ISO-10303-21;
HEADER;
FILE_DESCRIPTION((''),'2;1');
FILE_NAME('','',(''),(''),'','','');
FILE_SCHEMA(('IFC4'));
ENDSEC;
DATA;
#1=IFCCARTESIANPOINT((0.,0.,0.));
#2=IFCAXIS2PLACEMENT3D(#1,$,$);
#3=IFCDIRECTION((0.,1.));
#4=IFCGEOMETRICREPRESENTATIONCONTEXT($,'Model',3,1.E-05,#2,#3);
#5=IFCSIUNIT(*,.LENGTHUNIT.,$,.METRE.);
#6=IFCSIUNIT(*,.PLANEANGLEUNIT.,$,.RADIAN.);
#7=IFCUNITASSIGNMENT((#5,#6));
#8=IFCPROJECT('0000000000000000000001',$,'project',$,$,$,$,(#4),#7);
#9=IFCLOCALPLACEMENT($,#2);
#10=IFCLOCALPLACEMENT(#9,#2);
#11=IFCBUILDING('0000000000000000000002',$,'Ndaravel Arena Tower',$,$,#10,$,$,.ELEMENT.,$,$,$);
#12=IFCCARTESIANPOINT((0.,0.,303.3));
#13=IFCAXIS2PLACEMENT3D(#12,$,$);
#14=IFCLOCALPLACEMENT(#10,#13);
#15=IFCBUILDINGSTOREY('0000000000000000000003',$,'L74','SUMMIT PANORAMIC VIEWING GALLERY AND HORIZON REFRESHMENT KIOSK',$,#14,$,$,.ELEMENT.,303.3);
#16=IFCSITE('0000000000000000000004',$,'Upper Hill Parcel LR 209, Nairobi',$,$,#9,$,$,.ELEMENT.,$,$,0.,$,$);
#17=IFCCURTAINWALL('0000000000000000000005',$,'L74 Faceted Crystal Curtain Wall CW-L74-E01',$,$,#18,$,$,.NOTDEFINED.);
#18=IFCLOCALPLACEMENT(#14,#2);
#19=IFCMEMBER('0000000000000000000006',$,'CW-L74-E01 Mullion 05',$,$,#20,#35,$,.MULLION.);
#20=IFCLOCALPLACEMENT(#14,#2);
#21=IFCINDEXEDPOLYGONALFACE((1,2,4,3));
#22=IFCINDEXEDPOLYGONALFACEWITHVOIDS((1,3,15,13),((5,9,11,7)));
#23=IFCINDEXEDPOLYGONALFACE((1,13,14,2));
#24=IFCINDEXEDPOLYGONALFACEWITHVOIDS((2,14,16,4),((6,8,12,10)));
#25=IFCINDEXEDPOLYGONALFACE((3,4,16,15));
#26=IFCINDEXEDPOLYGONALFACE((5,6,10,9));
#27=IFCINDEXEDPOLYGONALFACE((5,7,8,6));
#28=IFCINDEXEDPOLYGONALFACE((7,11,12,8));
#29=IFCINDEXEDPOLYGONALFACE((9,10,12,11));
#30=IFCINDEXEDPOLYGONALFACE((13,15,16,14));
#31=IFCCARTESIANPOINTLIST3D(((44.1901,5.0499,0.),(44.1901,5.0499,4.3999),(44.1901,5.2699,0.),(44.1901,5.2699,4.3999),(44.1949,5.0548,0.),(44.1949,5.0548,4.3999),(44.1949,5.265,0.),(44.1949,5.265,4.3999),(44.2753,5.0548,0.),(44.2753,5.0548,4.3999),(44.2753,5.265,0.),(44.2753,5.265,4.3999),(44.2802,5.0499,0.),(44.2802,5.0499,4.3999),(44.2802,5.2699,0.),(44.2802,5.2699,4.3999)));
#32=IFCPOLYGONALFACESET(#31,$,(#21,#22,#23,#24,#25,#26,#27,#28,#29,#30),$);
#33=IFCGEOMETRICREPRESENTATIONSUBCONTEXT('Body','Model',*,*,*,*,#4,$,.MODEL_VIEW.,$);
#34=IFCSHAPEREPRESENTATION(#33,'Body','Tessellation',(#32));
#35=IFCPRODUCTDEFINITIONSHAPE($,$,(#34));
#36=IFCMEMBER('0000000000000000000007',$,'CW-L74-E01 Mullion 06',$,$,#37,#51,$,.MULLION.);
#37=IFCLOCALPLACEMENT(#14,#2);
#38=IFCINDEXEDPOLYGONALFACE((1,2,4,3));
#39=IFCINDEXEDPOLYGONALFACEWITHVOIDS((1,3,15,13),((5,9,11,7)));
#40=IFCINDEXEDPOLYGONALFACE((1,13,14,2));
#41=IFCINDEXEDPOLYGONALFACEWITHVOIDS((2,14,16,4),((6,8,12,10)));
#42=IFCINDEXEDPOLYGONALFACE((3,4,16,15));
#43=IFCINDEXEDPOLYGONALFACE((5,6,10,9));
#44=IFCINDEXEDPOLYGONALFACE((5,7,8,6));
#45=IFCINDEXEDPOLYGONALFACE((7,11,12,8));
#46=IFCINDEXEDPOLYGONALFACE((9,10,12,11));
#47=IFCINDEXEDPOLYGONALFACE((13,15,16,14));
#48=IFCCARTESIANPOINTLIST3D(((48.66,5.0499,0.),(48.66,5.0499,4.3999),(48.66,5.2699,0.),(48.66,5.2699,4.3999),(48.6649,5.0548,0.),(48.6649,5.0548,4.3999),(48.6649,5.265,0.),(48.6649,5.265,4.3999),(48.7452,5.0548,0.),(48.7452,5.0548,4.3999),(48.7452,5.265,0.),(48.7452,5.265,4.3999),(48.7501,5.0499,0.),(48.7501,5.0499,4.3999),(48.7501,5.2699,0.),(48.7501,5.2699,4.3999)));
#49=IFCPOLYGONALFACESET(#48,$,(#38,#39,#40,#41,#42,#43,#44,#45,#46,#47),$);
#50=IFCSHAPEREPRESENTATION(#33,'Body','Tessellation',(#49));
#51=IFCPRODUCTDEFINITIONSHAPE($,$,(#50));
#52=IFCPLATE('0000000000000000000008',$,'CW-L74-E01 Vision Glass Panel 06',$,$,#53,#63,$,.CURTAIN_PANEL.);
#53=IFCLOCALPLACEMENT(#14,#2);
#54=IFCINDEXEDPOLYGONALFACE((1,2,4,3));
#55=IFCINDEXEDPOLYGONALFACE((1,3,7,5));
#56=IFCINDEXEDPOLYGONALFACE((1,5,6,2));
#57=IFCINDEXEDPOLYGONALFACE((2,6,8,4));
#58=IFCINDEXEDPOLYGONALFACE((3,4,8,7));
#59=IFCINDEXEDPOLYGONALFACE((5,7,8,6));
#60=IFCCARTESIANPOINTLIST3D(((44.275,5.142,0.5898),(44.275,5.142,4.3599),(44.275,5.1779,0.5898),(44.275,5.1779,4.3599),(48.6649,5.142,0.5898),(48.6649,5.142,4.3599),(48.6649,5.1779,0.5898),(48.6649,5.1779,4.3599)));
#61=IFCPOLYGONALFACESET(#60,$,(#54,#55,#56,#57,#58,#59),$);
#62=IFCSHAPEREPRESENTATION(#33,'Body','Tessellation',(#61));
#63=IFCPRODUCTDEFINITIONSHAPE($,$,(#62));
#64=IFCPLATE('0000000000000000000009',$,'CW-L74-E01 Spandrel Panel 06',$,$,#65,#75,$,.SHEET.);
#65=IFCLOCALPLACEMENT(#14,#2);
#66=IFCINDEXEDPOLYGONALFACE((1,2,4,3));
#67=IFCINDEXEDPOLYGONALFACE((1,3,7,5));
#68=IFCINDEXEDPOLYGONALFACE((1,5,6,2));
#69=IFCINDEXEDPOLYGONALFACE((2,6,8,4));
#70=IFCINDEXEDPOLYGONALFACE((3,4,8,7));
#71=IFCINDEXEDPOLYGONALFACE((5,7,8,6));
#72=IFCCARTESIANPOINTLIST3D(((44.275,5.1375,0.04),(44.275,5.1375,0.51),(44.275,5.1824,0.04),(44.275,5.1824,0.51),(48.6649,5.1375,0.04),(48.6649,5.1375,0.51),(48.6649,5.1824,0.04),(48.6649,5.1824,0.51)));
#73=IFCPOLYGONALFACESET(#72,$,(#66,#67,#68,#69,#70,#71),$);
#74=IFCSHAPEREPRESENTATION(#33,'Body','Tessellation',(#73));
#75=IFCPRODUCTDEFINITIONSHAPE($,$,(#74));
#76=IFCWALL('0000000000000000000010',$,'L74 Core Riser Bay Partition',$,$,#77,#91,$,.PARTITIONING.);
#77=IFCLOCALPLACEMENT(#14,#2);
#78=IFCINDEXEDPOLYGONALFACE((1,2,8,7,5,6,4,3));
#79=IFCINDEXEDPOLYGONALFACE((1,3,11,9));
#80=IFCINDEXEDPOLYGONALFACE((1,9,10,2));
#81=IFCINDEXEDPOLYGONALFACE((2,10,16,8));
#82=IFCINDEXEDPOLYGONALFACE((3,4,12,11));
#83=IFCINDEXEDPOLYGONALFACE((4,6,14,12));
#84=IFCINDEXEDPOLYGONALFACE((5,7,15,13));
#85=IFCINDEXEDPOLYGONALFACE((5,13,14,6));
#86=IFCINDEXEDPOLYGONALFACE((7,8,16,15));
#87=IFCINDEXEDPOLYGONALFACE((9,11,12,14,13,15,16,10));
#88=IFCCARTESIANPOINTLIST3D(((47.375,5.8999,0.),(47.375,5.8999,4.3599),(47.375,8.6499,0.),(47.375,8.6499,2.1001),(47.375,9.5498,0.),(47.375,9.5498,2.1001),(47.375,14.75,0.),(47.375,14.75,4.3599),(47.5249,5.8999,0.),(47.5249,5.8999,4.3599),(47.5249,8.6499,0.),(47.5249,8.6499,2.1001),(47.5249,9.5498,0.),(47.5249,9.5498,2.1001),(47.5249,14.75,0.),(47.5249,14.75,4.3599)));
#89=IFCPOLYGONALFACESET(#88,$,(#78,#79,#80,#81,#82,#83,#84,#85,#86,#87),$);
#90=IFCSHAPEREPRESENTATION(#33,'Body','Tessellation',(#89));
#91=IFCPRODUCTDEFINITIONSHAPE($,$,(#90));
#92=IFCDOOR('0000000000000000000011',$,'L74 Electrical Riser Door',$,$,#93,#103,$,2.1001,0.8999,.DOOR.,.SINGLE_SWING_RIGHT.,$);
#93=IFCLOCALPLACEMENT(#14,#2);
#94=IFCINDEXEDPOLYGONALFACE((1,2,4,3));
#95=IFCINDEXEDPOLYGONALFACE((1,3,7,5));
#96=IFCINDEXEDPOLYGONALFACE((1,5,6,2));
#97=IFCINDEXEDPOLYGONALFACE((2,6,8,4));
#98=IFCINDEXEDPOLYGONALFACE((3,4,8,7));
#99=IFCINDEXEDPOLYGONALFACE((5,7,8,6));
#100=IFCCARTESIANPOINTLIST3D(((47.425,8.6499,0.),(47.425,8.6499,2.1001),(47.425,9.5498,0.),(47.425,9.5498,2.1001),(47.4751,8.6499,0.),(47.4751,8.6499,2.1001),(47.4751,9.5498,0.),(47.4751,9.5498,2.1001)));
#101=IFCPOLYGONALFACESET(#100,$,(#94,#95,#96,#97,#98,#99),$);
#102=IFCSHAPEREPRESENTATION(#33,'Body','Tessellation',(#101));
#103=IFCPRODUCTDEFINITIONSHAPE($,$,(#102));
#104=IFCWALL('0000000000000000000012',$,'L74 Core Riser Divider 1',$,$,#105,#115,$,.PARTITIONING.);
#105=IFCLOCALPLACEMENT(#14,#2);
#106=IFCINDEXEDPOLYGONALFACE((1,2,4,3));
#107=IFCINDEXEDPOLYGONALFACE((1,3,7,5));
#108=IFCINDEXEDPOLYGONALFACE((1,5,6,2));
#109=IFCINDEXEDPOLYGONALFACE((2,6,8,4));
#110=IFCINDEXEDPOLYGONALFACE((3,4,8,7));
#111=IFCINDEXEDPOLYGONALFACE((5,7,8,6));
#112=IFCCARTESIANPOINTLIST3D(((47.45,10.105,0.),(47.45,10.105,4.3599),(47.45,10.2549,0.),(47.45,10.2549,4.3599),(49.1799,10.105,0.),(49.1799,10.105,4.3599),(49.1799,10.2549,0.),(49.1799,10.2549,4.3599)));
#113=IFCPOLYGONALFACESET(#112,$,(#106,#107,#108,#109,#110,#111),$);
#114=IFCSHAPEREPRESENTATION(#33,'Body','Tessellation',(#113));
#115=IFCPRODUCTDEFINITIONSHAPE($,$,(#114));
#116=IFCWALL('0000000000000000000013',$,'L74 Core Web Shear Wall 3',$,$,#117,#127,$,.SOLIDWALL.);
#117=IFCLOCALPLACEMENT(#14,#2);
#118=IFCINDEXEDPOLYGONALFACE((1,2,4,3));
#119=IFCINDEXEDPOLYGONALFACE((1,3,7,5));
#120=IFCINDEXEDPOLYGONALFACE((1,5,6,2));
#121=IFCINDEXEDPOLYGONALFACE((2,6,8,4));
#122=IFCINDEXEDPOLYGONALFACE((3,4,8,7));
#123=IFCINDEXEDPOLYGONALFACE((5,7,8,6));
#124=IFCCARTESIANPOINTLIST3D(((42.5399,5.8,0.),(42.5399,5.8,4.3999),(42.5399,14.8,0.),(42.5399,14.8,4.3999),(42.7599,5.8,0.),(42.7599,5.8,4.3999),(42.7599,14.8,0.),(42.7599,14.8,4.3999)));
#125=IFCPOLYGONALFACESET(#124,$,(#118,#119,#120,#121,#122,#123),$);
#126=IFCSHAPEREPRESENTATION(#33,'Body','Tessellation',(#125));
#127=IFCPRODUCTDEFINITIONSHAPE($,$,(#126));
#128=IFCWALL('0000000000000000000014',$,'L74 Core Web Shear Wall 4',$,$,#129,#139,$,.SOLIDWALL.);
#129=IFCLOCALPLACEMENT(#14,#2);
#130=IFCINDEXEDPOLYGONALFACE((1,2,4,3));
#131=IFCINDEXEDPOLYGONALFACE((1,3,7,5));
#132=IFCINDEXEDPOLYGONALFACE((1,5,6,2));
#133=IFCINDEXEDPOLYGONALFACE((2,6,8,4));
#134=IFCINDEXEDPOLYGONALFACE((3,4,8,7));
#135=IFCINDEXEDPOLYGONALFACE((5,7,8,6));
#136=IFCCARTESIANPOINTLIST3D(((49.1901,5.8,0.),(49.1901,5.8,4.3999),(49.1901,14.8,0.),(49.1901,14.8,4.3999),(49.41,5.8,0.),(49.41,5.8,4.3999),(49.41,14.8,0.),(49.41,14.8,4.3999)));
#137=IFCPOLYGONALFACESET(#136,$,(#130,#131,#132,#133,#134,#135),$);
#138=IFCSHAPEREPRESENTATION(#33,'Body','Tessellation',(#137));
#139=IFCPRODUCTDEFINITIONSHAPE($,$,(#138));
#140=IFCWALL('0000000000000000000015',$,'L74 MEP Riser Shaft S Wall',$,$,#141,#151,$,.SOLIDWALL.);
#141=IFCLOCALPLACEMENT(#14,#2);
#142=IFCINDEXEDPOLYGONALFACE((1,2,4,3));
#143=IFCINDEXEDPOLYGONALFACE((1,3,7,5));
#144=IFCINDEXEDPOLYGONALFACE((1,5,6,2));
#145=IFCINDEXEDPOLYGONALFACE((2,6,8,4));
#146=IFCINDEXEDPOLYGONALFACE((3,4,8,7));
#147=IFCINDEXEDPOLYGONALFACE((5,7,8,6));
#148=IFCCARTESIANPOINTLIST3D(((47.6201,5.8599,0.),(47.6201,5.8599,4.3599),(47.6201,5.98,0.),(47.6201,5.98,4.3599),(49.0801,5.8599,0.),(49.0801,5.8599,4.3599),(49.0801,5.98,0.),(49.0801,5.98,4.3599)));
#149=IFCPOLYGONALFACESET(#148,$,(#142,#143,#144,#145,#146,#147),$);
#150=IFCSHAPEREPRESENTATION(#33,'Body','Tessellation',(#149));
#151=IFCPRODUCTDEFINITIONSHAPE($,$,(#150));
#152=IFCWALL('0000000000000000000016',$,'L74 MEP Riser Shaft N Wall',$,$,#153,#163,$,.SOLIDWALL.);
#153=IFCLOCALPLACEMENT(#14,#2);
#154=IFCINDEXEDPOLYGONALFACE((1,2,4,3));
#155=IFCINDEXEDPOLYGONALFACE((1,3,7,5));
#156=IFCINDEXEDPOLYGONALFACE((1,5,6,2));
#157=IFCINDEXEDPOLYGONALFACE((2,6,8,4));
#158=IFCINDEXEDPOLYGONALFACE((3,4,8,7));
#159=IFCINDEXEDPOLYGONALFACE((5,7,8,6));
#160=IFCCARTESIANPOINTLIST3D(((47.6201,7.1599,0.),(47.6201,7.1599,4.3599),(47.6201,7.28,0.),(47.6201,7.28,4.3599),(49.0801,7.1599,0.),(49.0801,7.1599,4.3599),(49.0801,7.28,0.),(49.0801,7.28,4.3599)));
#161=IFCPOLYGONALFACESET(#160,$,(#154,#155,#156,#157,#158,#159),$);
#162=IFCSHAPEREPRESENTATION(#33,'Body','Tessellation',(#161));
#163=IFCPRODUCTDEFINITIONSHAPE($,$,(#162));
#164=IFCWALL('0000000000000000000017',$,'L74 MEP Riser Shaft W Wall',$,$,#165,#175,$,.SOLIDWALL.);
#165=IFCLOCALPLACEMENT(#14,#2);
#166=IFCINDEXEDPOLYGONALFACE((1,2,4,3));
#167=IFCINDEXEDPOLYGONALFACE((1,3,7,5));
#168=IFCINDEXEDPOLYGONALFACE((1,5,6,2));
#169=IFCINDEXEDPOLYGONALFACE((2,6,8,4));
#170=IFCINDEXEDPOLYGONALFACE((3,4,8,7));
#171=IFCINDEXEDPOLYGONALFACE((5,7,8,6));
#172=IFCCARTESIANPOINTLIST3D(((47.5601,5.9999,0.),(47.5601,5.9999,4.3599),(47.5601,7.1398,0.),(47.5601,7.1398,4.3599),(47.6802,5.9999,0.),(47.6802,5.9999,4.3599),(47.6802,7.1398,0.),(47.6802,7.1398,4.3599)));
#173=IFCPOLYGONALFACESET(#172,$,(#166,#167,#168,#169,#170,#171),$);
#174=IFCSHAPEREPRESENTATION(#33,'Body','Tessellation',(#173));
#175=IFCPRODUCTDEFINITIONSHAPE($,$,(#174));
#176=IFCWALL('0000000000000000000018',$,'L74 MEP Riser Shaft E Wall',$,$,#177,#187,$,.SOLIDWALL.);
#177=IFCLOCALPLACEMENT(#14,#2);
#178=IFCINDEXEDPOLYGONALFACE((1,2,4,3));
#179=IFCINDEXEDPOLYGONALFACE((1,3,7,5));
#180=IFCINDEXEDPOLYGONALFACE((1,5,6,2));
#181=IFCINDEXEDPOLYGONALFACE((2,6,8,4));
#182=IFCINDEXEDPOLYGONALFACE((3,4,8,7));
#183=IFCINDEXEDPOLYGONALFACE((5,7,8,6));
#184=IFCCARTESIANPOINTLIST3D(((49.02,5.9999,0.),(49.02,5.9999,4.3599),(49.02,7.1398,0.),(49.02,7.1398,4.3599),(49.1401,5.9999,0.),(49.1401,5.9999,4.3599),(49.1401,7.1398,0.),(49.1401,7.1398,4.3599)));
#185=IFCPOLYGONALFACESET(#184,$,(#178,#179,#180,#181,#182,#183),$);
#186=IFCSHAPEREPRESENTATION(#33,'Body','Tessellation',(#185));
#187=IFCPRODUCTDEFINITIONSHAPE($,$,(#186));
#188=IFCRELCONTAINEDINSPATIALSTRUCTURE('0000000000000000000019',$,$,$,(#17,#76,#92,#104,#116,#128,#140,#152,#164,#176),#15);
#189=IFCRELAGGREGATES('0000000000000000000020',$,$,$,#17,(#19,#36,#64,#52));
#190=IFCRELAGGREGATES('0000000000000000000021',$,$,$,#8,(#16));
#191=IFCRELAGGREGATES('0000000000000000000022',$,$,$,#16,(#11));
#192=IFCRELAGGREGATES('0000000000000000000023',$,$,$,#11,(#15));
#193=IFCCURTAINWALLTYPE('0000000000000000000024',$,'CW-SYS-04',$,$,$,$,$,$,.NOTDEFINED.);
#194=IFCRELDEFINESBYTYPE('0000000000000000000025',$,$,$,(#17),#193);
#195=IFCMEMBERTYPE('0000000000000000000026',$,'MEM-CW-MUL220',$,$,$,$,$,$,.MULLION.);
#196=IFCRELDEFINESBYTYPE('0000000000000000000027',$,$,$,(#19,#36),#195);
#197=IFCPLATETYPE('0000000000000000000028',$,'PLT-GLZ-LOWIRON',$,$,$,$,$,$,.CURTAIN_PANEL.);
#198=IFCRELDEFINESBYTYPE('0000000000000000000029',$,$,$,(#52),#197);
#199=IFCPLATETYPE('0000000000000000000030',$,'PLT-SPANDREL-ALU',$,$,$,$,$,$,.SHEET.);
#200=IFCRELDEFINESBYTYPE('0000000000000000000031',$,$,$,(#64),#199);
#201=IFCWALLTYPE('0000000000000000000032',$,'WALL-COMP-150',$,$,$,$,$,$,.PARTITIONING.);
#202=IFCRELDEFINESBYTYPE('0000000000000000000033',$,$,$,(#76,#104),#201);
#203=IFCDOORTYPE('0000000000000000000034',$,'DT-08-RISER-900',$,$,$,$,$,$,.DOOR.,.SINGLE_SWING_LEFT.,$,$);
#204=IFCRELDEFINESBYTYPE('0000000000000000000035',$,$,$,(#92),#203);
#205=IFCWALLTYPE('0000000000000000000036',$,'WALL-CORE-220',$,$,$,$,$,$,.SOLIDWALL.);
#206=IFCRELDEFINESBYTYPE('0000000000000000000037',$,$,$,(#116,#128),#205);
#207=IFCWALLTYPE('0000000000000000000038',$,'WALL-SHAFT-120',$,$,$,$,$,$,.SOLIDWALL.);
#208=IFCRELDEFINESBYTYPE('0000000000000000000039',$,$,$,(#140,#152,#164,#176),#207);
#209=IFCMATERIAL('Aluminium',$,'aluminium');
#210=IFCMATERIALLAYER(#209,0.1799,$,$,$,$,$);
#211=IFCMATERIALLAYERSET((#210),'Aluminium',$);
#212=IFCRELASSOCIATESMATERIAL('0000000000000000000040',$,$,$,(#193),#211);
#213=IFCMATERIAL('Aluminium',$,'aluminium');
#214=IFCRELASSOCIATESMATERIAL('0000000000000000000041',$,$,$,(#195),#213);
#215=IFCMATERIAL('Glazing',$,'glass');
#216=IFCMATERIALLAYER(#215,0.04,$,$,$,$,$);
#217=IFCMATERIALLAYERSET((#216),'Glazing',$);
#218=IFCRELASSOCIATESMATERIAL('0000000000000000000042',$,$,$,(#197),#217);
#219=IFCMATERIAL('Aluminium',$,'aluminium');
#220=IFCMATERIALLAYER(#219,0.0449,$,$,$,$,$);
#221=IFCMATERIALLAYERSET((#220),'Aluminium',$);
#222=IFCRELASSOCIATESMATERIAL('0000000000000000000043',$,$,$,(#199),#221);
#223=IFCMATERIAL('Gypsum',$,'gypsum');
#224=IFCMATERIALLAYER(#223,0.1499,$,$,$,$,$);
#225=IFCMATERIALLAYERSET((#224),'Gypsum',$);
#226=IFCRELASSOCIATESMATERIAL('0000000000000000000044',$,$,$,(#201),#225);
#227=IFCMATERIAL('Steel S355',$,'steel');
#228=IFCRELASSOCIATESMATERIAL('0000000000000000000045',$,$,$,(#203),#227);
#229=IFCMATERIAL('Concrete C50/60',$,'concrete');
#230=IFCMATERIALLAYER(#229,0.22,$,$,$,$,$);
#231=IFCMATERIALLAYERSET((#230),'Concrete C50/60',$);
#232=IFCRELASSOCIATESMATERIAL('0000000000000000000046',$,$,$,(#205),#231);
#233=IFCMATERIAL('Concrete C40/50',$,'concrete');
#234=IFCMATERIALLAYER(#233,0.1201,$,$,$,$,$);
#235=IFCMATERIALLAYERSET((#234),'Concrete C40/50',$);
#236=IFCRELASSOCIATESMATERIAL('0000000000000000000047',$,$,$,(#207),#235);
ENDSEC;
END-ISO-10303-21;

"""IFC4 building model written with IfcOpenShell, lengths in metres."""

from ifc_helpers import new_model, si_unit, direction, frame, frame_2d, origin, origin_2d, place, context, subcontext, project, spatial, rectangle, hollow_rectangle, extrude, material, layer, layer_set, material_profile, profile_set, type_object, element, fill, aggregate, save


model = new_model("IFC4")

# Units and contexts
model_context = context("Model", 3, precision=1e-05, world=origin(), true_north=direction((0.0, 1.0)))
body_context = subcontext(model_context, "Body", "Model", "MODEL_VIEW")
ifc_project = project(units=[si_unit("LENGTHUNIT", "METRE"), si_unit("PLANEANGLEUNIT", "RADIAN")], contexts=[model_context])

# Site, building, storey
site_placement = place(None, origin())
site = spatial("IfcSite", under=ifc_project, at=site_placement, Name="Upper Hill Parcel LR 209, Nairobi", CompositionType="ELEMENT", RefElevation=0.0)
building_placement = place(site_placement, origin())
building = spatial("IfcBuilding", under=site, at=building_placement, Name="Ndaravel Arena Tower", CompositionType="ELEMENT")
storey_placement = place(building_placement, frame((0.0, 0.0, 303.3)))
storey = spatial("IfcBuildingStorey", under=building, at=storey_placement, Name="L74", Description="SUMMIT PANORAMIC VIEWING GALLERY AND HORIZON REFRESHMENT KIOSK", CompositionType="ELEMENT", Elevation=303.3)

# Curtain wall, members, plates
ifc_material_1 = material(Name="Aluminium", Category="aluminium")
ifc_layer_1 = layer(ifc_material_1, 0.1799)
ifc_layer_set_1 = layer_set([ifc_layer_1], Name="Aluminium")
curtain_wall_type = type_object("IfcCurtainWallType", Name="CW-SYS-04", PredefinedType="NOTDEFINED", material=ifc_layer_set_1)
curtain_wall_placement = place(storey_placement, origin())
curtain_wall = element("IfcCurtainWall", 1, at=curtain_wall_placement, inside=storey, type_object=curtain_wall_type, Name="L74 Faceted Crystal Curtain Wall CW-L74-E01", PredefinedType="NOTDEFINED")
ifc_material_2 = material(Name="Aluminium", Category="aluminium")
ifc_material_profile = material_profile(ifc_material_2, hollow_rectangle(XDim=0.0901, YDim=0.22, WallThickness=0.0049, at=origin_2d()), Name="CW MULLION 90x220x5")
ifc_profile_set = profile_set([ifc_material_profile], Name="Aluminium")
member_type = type_object("IfcMemberType", Name="MEM-CW-MUL220", PredefinedType="MULLION", material=ifc_profile_set)
member_1_placement = place(storey_placement, frame((44.2351, 5.1599, 0.0), z_axis=(0.0, 0.0, 1.0), x_axis=(1.0, 0.0, 0.0)))
member_1 = element("IfcMember", 2, at=member_1_placement, type_object=member_type, Name="CW-L74-E01 Mullion 05", PredefinedType="MULLION", context=body_context, shape_type="SweptSolid", body=[
    extrude(hollow_rectangle(XDim=0.0901, YDim=0.22, WallThickness=0.0049, at=origin_2d()), origin(), (0.0, 0.0, 1.0), 4.3999),
])
member_2_placement = place(storey_placement, frame((48.7051, 5.1599, 0.0), z_axis=(0.0, 0.0, 1.0), x_axis=(1.0, 0.0, 0.0)))
member_2 = element("IfcMember", 3, at=member_2_placement, type_object=member_type, Name="CW-L74-E01 Mullion 06", PredefinedType="MULLION", context=body_context, shape_type="SweptSolid", body=[
    extrude(hollow_rectangle(XDim=0.0901, YDim=0.22, WallThickness=0.0049, at=origin_2d()), origin(), (0.0, 0.0, 1.0), 4.3999),
])
ifc_material_3 = material(Name="Glazing", Category="glass")
ifc_layer_2 = layer(ifc_material_3, 0.04)
ifc_layer_set_2 = layer_set([ifc_layer_2], Name="Glazing")
plate_type_1 = type_object("IfcPlateType", Name="PLT-GLZ-LOWIRON", PredefinedType="CURTAIN_PANEL", material=ifc_layer_set_2)
plate_1_placement = place(storey_placement, frame((46.47, 5.1599, 0.5898), z_axis=(0.0, 0.0, 1.0), x_axis=(1.0, 0.0, 0.0)))
plate_1 = element("IfcPlate", 4, at=plate_1_placement, type_object=plate_type_1, Name="CW-L74-E01 Vision Glass Panel 06", PredefinedType="CURTAIN_PANEL", context=body_context, shape_type="SweptSolid", body=[
    extrude(rectangle(XDim=4.3899, YDim=0.0359, at=origin_2d()), origin(), (0.0, 0.0, 1.0), 3.77),
])
ifc_material_4 = material(Name="Aluminium", Category="aluminium")
ifc_layer_3 = layer(ifc_material_4, 0.0449)
ifc_layer_set_3 = layer_set([ifc_layer_3], Name="Aluminium")
plate_type_2 = type_object("IfcPlateType", Name="PLT-SPANDREL-ALU", PredefinedType="SHEET", material=ifc_layer_set_3)
plate_2_placement = place(storey_placement, frame((46.47, 5.1599, 0.04), z_axis=(0.0, 0.0, 1.0), x_axis=(1.0, 0.0, 0.0)))
plate_2 = element("IfcPlate", 5, at=plate_2_placement, type_object=plate_type_2, Name="CW-L74-E01 Spandrel Panel 06", PredefinedType="SHEET", context=body_context, shape_type="SweptSolid", body=[
    extrude(rectangle(XDim=4.3899, YDim=0.0449, at=origin_2d()), origin(), (0.0, 0.0, 1.0), 0.47),
])
aggregate(curtain_wall, [member_1, member_2, plate_2, plate_1])

# Wall, opening, door
ifc_material_5 = material(Name="Gypsum", Category="gypsum")
ifc_layer_4 = layer(ifc_material_5, 0.1499)
ifc_layer_set_4 = layer_set([ifc_layer_4], Name="Gypsum")
wall_type_1 = type_object("IfcWallType", Name="WALL-COMP-150", PredefinedType="PARTITIONING", material=ifc_layer_set_4)
wall_1_placement = place(storey_placement, frame((47.45, 5.8999, 0.0), z_axis=(0.0, 0.0, 1.0), x_axis=(0.0, 1.0, 0.0)))
wall_1 = element("IfcWall", 6, at=wall_1_placement, inside=storey, type_object=wall_type_1, Name="L74 Core Riser Bay Partition", PredefinedType="PARTITIONING", context=body_context, shape_type="SweptSolid", body=[
    extrude(rectangle(XDim=8.8501, YDim=0.1499, at=frame_2d((4.425, 0.0))), origin(), (0.0, 0.0, 1.0), 4.3599),
])
opening_1_placement = place(wall_1_placement, frame((2.75, 0.0, 0.0)))
opening_1 = element("IfcOpeningElement", 7, at=opening_1_placement, cuts=wall_1, PredefinedType="OPENING", context=body_context, shape_type="SweptSolid", body=[
    extrude(rectangle(XDim=0.8999, YDim=2.1001, at=frame_2d((0.45, 1.05))), frame((0.0, 0.075, 0.0), z_axis=(0.0, -1.0, 0.0), x_axis=(1.0, 0.0, 0.0)), (0.0, 0.0, 1.0), 0.1499),
])
ifc_material_6 = material(Name="Steel S355", Category="steel")
door_type_1 = type_object("IfcDoorType", Name="DT-08-RISER-900", OperationType="SINGLE_SWING_LEFT", PredefinedType="DOOR", material=ifc_material_6)
door_1_placement = place(opening_1_placement, origin())
door_1 = element("IfcDoor", 8, at=door_1_placement, inside=storey, type_object=door_type_1, Name="L74 Electrical Riser Door", OperationType="SINGLE_SWING_RIGHT", OverallHeight=2.1001, OverallWidth=0.8999, PredefinedType="DOOR", context=body_context, shape_type="SweptSolid", body=[
    extrude(rectangle(XDim=0.8999, YDim=2.1001, at=frame_2d((0.45, 1.05))), frame((0.0, 0.0249, 0.0), z_axis=(0.0, -1.0, 0.0), x_axis=(1.0, 0.0, 0.0)), (0.0, 0.0, 1.0), 0.05),
])
fill(opening_1, door_1)

# Walls
wall_2_placement = place(storey_placement, frame((47.45, 10.1799, 0.0), z_axis=(0.0, 0.0, 1.0), x_axis=(1.0, 0.0, 0.0)))
element("IfcWall", 9, at=wall_2_placement, inside=storey, type_object=wall_type_1, Name="L74 Core Riser Divider 1", PredefinedType="PARTITIONING", context=body_context, shape_type="SweptSolid", body=[
    extrude(rectangle(XDim=1.73, YDim=0.1499, at=frame_2d((0.865, 0.0))), origin(), (0.0, 0.0, 1.0), 4.3599),
])
ifc_material_7 = material(Name="Concrete C50/60", Category="concrete")
ifc_layer_5 = layer(ifc_material_7, 0.22)
ifc_layer_set_5 = layer_set([ifc_layer_5], Name="Concrete C50/60")
wall_type_2 = type_object("IfcWallType", Name="WALL-CORE-220", PredefinedType="SOLIDWALL", material=ifc_layer_set_5)
for number, where, z_axis, x_axis, name in (
    (10, (42.6499, 5.8, 0.0), (0.0, 0.0, 1.0), (0.0, 1.0, 0.0), "L74 Core Web Shear Wall 3"),
    (11, (49.3, 5.8, 0.0), (0.0, 0.0, 1.0), (0.0, 1.0, 0.0), "L74 Core Web Shear Wall 4"),
):
    element("IfcWall", number, at=place(storey_placement, frame(where, z_axis=z_axis, x_axis=x_axis)), inside=storey, type_object=wall_type_2, Name=name, PredefinedType="SOLIDWALL", context=body_context, shape_type="SweptSolid", body=[
        extrude(rectangle(XDim=9.0, YDim=0.22, at=frame_2d((4.5, 0.0))), origin(), (0.0, 0.0, 1.0), 4.3999),
    ])
ifc_material_8 = material(Name="Concrete C40/50", Category="concrete")
ifc_layer_6 = layer(ifc_material_8, 0.1201)
ifc_layer_set_6 = layer_set([ifc_layer_6], Name="Concrete C40/50")
wall_type_3 = type_object("IfcWallType", Name="WALL-SHAFT-120", PredefinedType="SOLIDWALL", material=ifc_layer_set_6)
for number, where, z_axis, x_axis, name in (
    (12, (47.6201, 5.9199, 0.0), (0.0, 0.0, 1.0), (1.0, 0.0, 0.0), "L74 MEP Riser Shaft S Wall"),
    (13, (47.6201, 7.22, 0.0), (0.0, 0.0, 1.0), (1.0, 0.0, 0.0), "L74 MEP Riser Shaft N Wall"),
):
    element("IfcWall", number, at=place(storey_placement, frame(where, z_axis=z_axis, x_axis=x_axis)), inside=storey, type_object=wall_type_3, Name=name, PredefinedType="SOLIDWALL", context=body_context, shape_type="SweptSolid", body=[
        extrude(rectangle(XDim=1.46, YDim=0.1201, at=frame_2d((0.73, 0.0))), origin(), (0.0, 0.0, 1.0), 4.3599),
    ])
for number, where, z_axis, x_axis, name in (
    (14, (47.6201, 6.0, 0.0), (0.0, 0.0, 1.0), (0.0, 1.0, 0.0), "L74 MEP Riser Shaft W Wall"),
    (15, (49.0801, 6.0, 0.0), (0.0, 0.0, 1.0), (0.0, 1.0, 0.0), "L74 MEP Riser Shaft E Wall"),
):
    element("IfcWall", number, at=place(storey_placement, frame(where, z_axis=z_axis, x_axis=x_axis)), inside=storey, type_object=wall_type_3, Name=name, PredefinedType="SOLIDWALL", context=body_context, shape_type="SweptSolid", body=[
        extrude(rectangle(XDim=1.1399, YDim=0.1201, at=frame_2d((0.5698, 0.0))), origin(), (0.0, 0.0, 1.0), 4.3599),
    ])

save(model, "model.ifc")
